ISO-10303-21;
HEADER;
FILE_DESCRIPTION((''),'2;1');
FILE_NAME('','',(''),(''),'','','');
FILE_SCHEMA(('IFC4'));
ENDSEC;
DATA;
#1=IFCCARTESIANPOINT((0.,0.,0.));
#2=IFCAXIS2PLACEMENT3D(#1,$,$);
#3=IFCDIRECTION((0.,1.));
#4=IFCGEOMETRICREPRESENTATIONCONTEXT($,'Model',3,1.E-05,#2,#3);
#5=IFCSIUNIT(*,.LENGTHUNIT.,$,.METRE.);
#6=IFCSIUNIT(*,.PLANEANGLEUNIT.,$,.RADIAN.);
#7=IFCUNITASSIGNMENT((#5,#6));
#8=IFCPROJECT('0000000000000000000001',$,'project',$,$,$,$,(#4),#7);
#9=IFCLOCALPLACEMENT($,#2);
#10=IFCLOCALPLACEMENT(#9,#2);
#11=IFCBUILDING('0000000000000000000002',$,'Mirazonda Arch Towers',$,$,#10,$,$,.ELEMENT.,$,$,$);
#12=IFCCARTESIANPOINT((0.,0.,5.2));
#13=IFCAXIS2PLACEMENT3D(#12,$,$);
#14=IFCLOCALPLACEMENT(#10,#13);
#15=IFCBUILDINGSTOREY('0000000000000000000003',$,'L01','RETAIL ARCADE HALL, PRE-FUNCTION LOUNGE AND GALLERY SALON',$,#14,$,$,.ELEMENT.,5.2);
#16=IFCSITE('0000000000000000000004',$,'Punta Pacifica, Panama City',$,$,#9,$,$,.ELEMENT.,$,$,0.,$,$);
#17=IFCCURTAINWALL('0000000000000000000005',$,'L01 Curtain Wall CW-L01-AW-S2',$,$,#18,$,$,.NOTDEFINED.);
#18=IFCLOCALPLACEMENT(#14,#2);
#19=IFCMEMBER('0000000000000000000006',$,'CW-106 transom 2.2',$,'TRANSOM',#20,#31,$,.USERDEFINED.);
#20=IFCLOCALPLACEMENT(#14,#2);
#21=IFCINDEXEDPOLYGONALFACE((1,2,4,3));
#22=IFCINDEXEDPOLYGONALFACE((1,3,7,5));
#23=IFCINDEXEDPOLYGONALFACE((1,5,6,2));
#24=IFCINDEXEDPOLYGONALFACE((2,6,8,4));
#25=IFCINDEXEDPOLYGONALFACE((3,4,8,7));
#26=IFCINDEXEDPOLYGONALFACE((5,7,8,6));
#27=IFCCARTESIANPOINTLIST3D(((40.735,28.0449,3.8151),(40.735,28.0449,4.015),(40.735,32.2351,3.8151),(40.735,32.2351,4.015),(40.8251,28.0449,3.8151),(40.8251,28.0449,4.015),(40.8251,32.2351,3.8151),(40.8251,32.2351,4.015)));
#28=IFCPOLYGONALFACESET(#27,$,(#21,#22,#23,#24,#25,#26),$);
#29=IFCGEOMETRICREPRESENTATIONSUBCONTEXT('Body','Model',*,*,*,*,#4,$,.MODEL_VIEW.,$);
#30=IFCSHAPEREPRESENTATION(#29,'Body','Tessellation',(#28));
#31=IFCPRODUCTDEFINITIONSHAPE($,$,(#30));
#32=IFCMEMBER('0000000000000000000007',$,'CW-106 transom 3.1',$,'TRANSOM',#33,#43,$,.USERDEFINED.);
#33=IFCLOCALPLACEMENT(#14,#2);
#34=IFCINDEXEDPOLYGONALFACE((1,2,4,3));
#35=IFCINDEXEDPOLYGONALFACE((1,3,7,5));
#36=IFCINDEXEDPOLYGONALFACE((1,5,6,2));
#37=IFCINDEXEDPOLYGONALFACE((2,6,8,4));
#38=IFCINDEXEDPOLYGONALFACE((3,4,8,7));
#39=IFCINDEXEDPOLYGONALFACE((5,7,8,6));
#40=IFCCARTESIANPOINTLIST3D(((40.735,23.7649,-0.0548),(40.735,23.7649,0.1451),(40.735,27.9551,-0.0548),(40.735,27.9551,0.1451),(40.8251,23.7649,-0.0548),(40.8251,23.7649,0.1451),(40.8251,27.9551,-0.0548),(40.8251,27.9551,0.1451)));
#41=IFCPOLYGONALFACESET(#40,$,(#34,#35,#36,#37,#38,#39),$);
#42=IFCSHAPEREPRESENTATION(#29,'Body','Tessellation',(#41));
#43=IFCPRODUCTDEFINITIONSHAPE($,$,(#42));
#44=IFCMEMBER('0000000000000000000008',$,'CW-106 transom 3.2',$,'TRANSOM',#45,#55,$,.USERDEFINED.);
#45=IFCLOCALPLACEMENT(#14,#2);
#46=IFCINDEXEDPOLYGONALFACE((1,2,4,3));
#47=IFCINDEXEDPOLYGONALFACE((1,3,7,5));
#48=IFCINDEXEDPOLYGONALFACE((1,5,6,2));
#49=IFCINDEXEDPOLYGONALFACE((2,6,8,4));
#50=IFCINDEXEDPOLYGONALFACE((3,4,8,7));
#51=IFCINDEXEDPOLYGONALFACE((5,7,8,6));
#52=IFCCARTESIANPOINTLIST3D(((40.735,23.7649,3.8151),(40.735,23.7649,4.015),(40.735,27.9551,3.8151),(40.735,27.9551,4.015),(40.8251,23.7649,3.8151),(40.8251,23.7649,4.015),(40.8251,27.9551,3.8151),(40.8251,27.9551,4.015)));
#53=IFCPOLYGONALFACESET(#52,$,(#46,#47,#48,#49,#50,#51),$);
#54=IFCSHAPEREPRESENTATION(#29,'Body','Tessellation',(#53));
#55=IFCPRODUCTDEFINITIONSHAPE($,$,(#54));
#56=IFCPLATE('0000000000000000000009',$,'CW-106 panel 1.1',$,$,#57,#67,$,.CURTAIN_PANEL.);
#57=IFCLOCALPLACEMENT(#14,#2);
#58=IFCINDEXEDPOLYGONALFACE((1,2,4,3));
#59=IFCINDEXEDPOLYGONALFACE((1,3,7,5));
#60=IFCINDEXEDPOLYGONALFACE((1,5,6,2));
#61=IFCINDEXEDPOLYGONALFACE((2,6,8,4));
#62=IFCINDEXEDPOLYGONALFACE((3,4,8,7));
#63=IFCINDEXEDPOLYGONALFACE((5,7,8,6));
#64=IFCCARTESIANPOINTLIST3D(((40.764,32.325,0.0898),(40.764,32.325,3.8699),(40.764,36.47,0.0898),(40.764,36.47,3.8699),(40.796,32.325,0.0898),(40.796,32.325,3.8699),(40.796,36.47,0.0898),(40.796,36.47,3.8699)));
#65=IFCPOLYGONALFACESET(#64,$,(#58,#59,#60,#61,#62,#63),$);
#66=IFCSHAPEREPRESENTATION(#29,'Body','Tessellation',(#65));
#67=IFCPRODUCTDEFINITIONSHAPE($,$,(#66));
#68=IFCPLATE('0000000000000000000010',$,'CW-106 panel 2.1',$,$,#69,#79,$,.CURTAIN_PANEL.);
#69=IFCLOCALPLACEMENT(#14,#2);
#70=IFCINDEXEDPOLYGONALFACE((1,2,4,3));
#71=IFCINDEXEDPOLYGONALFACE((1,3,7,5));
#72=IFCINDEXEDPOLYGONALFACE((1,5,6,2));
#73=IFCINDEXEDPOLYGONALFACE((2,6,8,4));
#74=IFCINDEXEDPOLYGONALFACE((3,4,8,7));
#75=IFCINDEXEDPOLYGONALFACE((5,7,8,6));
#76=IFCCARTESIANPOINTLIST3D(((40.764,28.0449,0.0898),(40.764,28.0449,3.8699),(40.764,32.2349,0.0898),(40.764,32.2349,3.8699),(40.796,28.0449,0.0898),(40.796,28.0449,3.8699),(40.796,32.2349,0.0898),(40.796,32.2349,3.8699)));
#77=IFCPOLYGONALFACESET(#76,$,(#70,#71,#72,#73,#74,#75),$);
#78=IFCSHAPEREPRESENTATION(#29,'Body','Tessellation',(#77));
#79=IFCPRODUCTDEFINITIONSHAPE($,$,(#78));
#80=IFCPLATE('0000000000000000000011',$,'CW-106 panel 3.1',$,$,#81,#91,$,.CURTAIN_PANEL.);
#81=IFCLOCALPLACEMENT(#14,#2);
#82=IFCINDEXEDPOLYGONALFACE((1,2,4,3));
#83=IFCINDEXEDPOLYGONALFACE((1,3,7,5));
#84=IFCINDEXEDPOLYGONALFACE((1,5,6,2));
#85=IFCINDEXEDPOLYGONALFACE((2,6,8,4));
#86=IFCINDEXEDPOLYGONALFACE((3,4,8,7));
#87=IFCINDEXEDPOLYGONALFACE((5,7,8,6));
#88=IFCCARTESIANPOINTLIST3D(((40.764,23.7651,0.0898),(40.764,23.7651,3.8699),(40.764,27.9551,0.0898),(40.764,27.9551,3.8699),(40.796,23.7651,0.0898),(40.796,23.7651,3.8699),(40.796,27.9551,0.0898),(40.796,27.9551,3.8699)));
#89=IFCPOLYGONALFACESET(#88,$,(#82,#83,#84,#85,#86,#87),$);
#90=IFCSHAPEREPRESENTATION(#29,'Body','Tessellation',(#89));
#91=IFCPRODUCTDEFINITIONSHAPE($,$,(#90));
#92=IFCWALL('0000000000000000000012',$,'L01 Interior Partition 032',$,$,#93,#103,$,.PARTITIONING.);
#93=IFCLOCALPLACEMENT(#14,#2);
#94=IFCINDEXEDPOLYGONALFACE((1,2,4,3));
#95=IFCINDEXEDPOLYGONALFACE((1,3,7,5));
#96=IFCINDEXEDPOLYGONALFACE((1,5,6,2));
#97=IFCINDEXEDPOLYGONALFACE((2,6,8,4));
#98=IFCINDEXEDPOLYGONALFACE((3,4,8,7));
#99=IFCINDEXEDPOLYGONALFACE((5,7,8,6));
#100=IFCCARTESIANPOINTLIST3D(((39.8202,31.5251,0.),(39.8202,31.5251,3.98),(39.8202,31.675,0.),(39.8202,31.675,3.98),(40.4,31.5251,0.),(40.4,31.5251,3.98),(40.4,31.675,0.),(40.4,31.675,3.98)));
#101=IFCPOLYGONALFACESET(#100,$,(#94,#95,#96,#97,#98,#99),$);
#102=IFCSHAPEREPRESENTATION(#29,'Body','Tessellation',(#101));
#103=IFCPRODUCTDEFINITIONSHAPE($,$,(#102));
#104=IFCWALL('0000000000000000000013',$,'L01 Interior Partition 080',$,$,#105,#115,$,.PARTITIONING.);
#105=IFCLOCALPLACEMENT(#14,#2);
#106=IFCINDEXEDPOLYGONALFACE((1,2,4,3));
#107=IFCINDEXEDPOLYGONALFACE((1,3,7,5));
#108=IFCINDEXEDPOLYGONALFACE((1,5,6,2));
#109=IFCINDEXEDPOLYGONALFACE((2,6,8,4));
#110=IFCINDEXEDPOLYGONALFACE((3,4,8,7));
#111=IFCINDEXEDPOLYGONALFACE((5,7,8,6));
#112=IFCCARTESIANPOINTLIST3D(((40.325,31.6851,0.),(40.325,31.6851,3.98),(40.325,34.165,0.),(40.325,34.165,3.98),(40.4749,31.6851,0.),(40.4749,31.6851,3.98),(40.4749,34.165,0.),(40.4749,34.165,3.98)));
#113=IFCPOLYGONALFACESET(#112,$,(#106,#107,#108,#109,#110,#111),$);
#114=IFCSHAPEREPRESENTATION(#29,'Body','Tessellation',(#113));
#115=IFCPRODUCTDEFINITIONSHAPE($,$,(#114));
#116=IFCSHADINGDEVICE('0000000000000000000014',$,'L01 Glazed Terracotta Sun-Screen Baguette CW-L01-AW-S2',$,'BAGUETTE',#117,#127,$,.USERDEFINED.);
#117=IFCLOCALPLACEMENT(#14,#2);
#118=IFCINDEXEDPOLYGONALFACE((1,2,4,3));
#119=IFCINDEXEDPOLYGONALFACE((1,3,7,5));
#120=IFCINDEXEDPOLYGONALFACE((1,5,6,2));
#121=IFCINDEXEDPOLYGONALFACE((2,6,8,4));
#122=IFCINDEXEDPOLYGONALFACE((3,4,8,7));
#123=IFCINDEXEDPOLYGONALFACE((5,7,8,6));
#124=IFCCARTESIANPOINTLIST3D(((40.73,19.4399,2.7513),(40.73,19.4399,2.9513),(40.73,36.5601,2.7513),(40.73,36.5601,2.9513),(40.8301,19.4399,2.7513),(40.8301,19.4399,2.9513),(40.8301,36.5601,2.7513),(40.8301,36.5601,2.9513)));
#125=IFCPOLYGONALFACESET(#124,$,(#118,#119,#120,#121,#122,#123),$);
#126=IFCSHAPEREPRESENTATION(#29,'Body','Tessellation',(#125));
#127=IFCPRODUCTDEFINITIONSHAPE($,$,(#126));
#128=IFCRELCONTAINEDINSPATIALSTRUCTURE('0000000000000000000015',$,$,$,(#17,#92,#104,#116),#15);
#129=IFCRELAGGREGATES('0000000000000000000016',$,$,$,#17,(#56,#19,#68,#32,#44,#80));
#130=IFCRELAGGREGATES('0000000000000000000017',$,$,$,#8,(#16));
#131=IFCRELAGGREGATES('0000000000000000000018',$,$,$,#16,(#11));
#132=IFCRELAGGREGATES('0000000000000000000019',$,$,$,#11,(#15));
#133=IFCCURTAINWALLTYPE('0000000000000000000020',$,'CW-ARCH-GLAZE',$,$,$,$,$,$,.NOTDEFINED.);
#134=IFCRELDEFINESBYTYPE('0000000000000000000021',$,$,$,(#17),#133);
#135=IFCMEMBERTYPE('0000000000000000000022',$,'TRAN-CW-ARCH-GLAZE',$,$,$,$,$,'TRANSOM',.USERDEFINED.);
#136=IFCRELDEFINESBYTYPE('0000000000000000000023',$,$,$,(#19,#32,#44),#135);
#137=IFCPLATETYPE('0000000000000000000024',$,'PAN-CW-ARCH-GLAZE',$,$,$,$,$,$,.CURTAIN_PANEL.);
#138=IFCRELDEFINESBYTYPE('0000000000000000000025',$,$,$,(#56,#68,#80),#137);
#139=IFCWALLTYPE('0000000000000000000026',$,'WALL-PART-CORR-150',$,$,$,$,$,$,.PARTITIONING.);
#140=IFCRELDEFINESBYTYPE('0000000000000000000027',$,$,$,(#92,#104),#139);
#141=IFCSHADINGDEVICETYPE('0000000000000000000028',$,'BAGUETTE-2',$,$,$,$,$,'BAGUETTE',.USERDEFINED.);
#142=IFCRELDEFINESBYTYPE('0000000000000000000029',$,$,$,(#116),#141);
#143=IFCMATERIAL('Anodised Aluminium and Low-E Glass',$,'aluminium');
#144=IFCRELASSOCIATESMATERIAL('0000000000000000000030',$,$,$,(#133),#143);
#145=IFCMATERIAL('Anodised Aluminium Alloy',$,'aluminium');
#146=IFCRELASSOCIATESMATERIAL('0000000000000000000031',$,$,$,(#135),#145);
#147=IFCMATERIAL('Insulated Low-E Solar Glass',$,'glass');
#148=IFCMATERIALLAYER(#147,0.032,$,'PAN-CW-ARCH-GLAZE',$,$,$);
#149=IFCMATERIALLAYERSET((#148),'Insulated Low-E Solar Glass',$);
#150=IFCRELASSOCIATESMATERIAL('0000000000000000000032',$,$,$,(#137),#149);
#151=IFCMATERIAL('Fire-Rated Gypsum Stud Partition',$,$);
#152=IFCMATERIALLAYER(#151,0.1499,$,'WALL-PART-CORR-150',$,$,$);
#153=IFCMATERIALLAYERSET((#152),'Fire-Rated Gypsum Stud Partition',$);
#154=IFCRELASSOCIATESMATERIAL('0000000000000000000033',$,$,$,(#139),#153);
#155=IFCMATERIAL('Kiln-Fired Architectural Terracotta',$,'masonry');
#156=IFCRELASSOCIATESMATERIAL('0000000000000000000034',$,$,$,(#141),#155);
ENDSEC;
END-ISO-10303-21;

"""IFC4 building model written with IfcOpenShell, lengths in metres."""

from ifc_helpers import new_model, si_unit, direction, frame, frame_2d, origin, origin_2d, place, context, subcontext, project, spatial, rectangle, extrude, material, layer, layer_set, material_profile, profile_set, type_object, element, aggregate, save


model = new_model("IFC4")

# Units and contexts
model_context = context("Model", 3, precision=1e-05, world=origin(), true_north=direction((0.0, 1.0)))
body_context = subcontext(model_context, "Body", "Model", "MODEL_VIEW")
ifc_project = project(units=[si_unit("LENGTHUNIT", "METRE"), si_unit("PLANEANGLEUNIT", "RADIAN")], contexts=[model_context])

# Site, building, storey
site_placement = place(None, origin())
site = spatial("IfcSite", under=ifc_project, at=site_placement, Name="Punta Pacifica, Panama City", CompositionType="ELEMENT", RefElevation=0.0)
building_placement = place(site_placement, origin())
building = spatial("IfcBuilding", under=site, at=building_placement, Name="Mirazonda Arch Towers", CompositionType="ELEMENT")
storey_placement = place(building_placement, frame((0.0, 0.0, 5.2)))
storey = spatial("IfcBuildingStorey", under=building, at=storey_placement, Name="L01", Description="RETAIL ARCADE HALL, PRE-FUNCTION LOUNGE AND GALLERY SALON", CompositionType="ELEMENT", Elevation=5.2)

# Shared definitions
ifc_material_1 = material(Name="Anodised Aluminium and Low-E Glass", Category="aluminium")
curtain_wall_type = type_object("IfcCurtainWallType", Name="CW-ARCH-GLAZE", PredefinedType="NOTDEFINED", material=ifc_material_1)
ifc_material_2 = material(Name="Anodised Aluminium Alloy", Category="aluminium")

# Curtain wall, members, plates
curtain_wall_1_placement = place(storey_placement, origin())
curtain_wall_1 = element("IfcCurtainWall", 1, at=curtain_wall_1_placement, inside=storey, type_object=curtain_wall_type, Name="L01 Curtain Wall CW-L01-AW-S2", PredefinedType="NOTDEFINED")
ifc_material_profile_1 = material_profile(ifc_material_2, rectangle(XDim=0.0901, YDim=0.2, at=origin_2d()), Name="ALU-TRAN-90x200")
ifc_profile_set_1 = profile_set([ifc_material_profile_1], Name="Anodised Aluminium Alloy")
member_type_1 = type_object("IfcMemberType", Name="TRAN-CW-ARCH-GLAZE", ElementType="TRANSOM", PredefinedType="USERDEFINED", material=ifc_profile_set_1)
member_1_placement = place(storey_placement, frame((40.78, 32.2351, 3.915), z_axis=(0.0, -1.0, 0.0), x_axis=(1.0, 0.0, 0.0)))
member_1 = element("IfcMember", 2, at=member_1_placement, type_object=member_type_1, Name="CW-106 transom 2.2", ObjectType="TRANSOM", PredefinedType="USERDEFINED", context=body_context, shape_type="SweptSolid", body=[
    extrude(rectangle(XDim=0.0901, YDim=0.2, at=origin_2d()), origin(), (0.0, 0.0, 1.0), 4.1902),
])
member_2_placement = place(storey_placement, frame((40.78, 27.9551, 0.0452), z_axis=(0.0, -1.0, 0.0), x_axis=(1.0, 0.0, 0.0)))
member_2 = element("IfcMember", 3, at=member_2_placement, type_object=member_type_1, Name="CW-106 transom 3.1", ObjectType="TRANSOM", PredefinedType="USERDEFINED", context=body_context, shape_type="SweptSolid", body=[
    extrude(rectangle(XDim=0.0901, YDim=0.2, at=origin_2d()), origin(), (0.0, 0.0, 1.0), 4.1902),
])
member_3_placement = place(storey_placement, frame((40.78, 27.9551, 3.915), z_axis=(0.0, -1.0, 0.0), x_axis=(1.0, 0.0, 0.0)))
member_3 = element("IfcMember", 4, at=member_3_placement, type_object=member_type_1, Name="CW-106 transom 3.2", ObjectType="TRANSOM", PredefinedType="USERDEFINED", context=body_context, shape_type="SweptSolid", body=[
    extrude(rectangle(XDim=0.0901, YDim=0.2, at=origin_2d()), origin(), (0.0, 0.0, 1.0), 4.1902),
])
ifc_material_3 = material(Name="Insulated Low-E Solar Glass", Category="glass")
ifc_layer_1 = layer(ifc_material_3, 0.032, Name="PAN-CW-ARCH-GLAZE")
ifc_layer_set_1 = layer_set([ifc_layer_1], Name="Insulated Low-E Solar Glass")
plate_type = type_object("IfcPlateType", Name="PAN-CW-ARCH-GLAZE", PredefinedType="CURTAIN_PANEL", material=ifc_layer_set_1)
plate_1_placement = place(storey_placement, frame((40.78, 34.3975, 0.0898), z_axis=(0.0, 0.0, 1.0), x_axis=(0.0, -1.0, 0.0)))
plate_1 = element("IfcPlate", 5, at=plate_1_placement, type_object=plate_type, Name="CW-106 panel 1.1", PredefinedType="CURTAIN_PANEL", context=body_context, shape_type="SweptSolid", body=[
    extrude(rectangle(XDim=4.145, YDim=0.032, at=origin_2d()), origin(), (0.0, 0.0, 1.0), 3.78),
])
plate_2_placement = place(storey_placement, frame((40.78, 30.1399, 0.0898), z_axis=(0.0, 0.0, 1.0), x_axis=(0.0, -1.0, 0.0)))
plate_2 = element("IfcPlate", 6, at=plate_2_placement, type_object=plate_type, Name="CW-106 panel 2.1", PredefinedType="CURTAIN_PANEL", context=body_context, shape_type="SweptSolid", body=[
    extrude(rectangle(XDim=4.1899, YDim=0.032, at=origin_2d()), origin(), (0.0, 0.0, 1.0), 3.78),
])
plate_3_placement = place(storey_placement, frame((40.78, 25.8601, 0.0898), z_axis=(0.0, 0.0, 1.0), x_axis=(0.0, -1.0, 0.0)))
plate_3 = element("IfcPlate", 7, at=plate_3_placement, type_object=plate_type, Name="CW-106 panel 3.1", PredefinedType="CURTAIN_PANEL", context=body_context, shape_type="SweptSolid", body=[
    extrude(rectangle(XDim=4.1899, YDim=0.032, at=origin_2d()), origin(), (0.0, 0.0, 1.0), 3.78),
])
aggregate(curtain_wall_1, [plate_1, member_1, plate_2, member_2, member_3, plate_3])

# Walls
ifc_material_4 = material(Name="Fire-Rated Gypsum Stud Partition")
ifc_layer_2 = layer(ifc_material_4, 0.1499, Name="WALL-PART-CORR-150")
ifc_layer_set_2 = layer_set([ifc_layer_2], Name="Fire-Rated Gypsum Stud Partition")
wall_type = type_object("IfcWallType", Name="WALL-PART-CORR-150", PredefinedType="PARTITIONING", material=ifc_layer_set_2)
wall_1_placement = place(storey_placement, frame((39.8201, 31.6001, 0.0), z_axis=(0.0, 0.0, 1.0), x_axis=(1.0, 0.0, 0.0)))
element("IfcWall", 8, at=wall_1_placement, inside=storey, type_object=wall_type, Name="L01 Interior Partition 032", PredefinedType="PARTITIONING", context=body_context, shape_type="SweptSolid", body=[
    extrude(rectangle(XDim=0.5798, YDim=0.1499, at=frame_2d((0.29, 0.0))), origin(), (0.0, 0.0, 1.0), 3.98),
])
wall_2_placement = place(storey_placement, frame((40.3999, 31.6851, 0.0), z_axis=(0.0, 0.0, 1.0), x_axis=(0.0, 1.0, 0.0)))
element("IfcWall", 9, at=wall_2_placement, inside=storey, type_object=wall_type, Name="L01 Interior Partition 080", PredefinedType="PARTITIONING", context=body_context, shape_type="SweptSolid", body=[
    extrude(rectangle(XDim=2.48, YDim=0.1499, at=frame_2d((1.24, 0.0))), origin(), (0.0, 0.0, 1.0), 3.98),
])

# Shading device
ifc_material_5 = material(Name="Kiln-Fired Architectural Terracotta", Category="masonry")
ifc_material_profile_2 = material_profile(ifc_material_5, rectangle(XDim=0.1001, YDim=0.2, at=origin_2d()), Name="TERRA-BAG-100x200")
ifc_profile_set_2 = profile_set([ifc_material_profile_2], Name="Kiln-Fired Architectural Terracotta")
shading_device_type = type_object("IfcShadingDeviceType", Name="BAGUETTE-2", ElementType="BAGUETTE", PredefinedType="USERDEFINED", material=ifc_profile_set_2)
shading_device_placement = place(storey_placement, frame((40.78, 36.5601, 2.8513), z_axis=(0.0, -1.0, 0.0), x_axis=(1.0, 0.0, 0.0)))
element("IfcShadingDevice", 10, at=shading_device_placement, inside=storey, type_object=shading_device_type, Name="L01 Glazed Terracotta Sun-Screen Baguette CW-L01-AW-S2", ObjectType="BAGUETTE", PredefinedType="USERDEFINED", context=body_context, shape_type="SweptSolid", body=[
    extrude(rectangle(XDim=0.1001, YDim=0.2, at=origin_2d()), origin(), (0.0, 0.0, 1.0), 17.1201),
])

save(model, "model.ifc")
